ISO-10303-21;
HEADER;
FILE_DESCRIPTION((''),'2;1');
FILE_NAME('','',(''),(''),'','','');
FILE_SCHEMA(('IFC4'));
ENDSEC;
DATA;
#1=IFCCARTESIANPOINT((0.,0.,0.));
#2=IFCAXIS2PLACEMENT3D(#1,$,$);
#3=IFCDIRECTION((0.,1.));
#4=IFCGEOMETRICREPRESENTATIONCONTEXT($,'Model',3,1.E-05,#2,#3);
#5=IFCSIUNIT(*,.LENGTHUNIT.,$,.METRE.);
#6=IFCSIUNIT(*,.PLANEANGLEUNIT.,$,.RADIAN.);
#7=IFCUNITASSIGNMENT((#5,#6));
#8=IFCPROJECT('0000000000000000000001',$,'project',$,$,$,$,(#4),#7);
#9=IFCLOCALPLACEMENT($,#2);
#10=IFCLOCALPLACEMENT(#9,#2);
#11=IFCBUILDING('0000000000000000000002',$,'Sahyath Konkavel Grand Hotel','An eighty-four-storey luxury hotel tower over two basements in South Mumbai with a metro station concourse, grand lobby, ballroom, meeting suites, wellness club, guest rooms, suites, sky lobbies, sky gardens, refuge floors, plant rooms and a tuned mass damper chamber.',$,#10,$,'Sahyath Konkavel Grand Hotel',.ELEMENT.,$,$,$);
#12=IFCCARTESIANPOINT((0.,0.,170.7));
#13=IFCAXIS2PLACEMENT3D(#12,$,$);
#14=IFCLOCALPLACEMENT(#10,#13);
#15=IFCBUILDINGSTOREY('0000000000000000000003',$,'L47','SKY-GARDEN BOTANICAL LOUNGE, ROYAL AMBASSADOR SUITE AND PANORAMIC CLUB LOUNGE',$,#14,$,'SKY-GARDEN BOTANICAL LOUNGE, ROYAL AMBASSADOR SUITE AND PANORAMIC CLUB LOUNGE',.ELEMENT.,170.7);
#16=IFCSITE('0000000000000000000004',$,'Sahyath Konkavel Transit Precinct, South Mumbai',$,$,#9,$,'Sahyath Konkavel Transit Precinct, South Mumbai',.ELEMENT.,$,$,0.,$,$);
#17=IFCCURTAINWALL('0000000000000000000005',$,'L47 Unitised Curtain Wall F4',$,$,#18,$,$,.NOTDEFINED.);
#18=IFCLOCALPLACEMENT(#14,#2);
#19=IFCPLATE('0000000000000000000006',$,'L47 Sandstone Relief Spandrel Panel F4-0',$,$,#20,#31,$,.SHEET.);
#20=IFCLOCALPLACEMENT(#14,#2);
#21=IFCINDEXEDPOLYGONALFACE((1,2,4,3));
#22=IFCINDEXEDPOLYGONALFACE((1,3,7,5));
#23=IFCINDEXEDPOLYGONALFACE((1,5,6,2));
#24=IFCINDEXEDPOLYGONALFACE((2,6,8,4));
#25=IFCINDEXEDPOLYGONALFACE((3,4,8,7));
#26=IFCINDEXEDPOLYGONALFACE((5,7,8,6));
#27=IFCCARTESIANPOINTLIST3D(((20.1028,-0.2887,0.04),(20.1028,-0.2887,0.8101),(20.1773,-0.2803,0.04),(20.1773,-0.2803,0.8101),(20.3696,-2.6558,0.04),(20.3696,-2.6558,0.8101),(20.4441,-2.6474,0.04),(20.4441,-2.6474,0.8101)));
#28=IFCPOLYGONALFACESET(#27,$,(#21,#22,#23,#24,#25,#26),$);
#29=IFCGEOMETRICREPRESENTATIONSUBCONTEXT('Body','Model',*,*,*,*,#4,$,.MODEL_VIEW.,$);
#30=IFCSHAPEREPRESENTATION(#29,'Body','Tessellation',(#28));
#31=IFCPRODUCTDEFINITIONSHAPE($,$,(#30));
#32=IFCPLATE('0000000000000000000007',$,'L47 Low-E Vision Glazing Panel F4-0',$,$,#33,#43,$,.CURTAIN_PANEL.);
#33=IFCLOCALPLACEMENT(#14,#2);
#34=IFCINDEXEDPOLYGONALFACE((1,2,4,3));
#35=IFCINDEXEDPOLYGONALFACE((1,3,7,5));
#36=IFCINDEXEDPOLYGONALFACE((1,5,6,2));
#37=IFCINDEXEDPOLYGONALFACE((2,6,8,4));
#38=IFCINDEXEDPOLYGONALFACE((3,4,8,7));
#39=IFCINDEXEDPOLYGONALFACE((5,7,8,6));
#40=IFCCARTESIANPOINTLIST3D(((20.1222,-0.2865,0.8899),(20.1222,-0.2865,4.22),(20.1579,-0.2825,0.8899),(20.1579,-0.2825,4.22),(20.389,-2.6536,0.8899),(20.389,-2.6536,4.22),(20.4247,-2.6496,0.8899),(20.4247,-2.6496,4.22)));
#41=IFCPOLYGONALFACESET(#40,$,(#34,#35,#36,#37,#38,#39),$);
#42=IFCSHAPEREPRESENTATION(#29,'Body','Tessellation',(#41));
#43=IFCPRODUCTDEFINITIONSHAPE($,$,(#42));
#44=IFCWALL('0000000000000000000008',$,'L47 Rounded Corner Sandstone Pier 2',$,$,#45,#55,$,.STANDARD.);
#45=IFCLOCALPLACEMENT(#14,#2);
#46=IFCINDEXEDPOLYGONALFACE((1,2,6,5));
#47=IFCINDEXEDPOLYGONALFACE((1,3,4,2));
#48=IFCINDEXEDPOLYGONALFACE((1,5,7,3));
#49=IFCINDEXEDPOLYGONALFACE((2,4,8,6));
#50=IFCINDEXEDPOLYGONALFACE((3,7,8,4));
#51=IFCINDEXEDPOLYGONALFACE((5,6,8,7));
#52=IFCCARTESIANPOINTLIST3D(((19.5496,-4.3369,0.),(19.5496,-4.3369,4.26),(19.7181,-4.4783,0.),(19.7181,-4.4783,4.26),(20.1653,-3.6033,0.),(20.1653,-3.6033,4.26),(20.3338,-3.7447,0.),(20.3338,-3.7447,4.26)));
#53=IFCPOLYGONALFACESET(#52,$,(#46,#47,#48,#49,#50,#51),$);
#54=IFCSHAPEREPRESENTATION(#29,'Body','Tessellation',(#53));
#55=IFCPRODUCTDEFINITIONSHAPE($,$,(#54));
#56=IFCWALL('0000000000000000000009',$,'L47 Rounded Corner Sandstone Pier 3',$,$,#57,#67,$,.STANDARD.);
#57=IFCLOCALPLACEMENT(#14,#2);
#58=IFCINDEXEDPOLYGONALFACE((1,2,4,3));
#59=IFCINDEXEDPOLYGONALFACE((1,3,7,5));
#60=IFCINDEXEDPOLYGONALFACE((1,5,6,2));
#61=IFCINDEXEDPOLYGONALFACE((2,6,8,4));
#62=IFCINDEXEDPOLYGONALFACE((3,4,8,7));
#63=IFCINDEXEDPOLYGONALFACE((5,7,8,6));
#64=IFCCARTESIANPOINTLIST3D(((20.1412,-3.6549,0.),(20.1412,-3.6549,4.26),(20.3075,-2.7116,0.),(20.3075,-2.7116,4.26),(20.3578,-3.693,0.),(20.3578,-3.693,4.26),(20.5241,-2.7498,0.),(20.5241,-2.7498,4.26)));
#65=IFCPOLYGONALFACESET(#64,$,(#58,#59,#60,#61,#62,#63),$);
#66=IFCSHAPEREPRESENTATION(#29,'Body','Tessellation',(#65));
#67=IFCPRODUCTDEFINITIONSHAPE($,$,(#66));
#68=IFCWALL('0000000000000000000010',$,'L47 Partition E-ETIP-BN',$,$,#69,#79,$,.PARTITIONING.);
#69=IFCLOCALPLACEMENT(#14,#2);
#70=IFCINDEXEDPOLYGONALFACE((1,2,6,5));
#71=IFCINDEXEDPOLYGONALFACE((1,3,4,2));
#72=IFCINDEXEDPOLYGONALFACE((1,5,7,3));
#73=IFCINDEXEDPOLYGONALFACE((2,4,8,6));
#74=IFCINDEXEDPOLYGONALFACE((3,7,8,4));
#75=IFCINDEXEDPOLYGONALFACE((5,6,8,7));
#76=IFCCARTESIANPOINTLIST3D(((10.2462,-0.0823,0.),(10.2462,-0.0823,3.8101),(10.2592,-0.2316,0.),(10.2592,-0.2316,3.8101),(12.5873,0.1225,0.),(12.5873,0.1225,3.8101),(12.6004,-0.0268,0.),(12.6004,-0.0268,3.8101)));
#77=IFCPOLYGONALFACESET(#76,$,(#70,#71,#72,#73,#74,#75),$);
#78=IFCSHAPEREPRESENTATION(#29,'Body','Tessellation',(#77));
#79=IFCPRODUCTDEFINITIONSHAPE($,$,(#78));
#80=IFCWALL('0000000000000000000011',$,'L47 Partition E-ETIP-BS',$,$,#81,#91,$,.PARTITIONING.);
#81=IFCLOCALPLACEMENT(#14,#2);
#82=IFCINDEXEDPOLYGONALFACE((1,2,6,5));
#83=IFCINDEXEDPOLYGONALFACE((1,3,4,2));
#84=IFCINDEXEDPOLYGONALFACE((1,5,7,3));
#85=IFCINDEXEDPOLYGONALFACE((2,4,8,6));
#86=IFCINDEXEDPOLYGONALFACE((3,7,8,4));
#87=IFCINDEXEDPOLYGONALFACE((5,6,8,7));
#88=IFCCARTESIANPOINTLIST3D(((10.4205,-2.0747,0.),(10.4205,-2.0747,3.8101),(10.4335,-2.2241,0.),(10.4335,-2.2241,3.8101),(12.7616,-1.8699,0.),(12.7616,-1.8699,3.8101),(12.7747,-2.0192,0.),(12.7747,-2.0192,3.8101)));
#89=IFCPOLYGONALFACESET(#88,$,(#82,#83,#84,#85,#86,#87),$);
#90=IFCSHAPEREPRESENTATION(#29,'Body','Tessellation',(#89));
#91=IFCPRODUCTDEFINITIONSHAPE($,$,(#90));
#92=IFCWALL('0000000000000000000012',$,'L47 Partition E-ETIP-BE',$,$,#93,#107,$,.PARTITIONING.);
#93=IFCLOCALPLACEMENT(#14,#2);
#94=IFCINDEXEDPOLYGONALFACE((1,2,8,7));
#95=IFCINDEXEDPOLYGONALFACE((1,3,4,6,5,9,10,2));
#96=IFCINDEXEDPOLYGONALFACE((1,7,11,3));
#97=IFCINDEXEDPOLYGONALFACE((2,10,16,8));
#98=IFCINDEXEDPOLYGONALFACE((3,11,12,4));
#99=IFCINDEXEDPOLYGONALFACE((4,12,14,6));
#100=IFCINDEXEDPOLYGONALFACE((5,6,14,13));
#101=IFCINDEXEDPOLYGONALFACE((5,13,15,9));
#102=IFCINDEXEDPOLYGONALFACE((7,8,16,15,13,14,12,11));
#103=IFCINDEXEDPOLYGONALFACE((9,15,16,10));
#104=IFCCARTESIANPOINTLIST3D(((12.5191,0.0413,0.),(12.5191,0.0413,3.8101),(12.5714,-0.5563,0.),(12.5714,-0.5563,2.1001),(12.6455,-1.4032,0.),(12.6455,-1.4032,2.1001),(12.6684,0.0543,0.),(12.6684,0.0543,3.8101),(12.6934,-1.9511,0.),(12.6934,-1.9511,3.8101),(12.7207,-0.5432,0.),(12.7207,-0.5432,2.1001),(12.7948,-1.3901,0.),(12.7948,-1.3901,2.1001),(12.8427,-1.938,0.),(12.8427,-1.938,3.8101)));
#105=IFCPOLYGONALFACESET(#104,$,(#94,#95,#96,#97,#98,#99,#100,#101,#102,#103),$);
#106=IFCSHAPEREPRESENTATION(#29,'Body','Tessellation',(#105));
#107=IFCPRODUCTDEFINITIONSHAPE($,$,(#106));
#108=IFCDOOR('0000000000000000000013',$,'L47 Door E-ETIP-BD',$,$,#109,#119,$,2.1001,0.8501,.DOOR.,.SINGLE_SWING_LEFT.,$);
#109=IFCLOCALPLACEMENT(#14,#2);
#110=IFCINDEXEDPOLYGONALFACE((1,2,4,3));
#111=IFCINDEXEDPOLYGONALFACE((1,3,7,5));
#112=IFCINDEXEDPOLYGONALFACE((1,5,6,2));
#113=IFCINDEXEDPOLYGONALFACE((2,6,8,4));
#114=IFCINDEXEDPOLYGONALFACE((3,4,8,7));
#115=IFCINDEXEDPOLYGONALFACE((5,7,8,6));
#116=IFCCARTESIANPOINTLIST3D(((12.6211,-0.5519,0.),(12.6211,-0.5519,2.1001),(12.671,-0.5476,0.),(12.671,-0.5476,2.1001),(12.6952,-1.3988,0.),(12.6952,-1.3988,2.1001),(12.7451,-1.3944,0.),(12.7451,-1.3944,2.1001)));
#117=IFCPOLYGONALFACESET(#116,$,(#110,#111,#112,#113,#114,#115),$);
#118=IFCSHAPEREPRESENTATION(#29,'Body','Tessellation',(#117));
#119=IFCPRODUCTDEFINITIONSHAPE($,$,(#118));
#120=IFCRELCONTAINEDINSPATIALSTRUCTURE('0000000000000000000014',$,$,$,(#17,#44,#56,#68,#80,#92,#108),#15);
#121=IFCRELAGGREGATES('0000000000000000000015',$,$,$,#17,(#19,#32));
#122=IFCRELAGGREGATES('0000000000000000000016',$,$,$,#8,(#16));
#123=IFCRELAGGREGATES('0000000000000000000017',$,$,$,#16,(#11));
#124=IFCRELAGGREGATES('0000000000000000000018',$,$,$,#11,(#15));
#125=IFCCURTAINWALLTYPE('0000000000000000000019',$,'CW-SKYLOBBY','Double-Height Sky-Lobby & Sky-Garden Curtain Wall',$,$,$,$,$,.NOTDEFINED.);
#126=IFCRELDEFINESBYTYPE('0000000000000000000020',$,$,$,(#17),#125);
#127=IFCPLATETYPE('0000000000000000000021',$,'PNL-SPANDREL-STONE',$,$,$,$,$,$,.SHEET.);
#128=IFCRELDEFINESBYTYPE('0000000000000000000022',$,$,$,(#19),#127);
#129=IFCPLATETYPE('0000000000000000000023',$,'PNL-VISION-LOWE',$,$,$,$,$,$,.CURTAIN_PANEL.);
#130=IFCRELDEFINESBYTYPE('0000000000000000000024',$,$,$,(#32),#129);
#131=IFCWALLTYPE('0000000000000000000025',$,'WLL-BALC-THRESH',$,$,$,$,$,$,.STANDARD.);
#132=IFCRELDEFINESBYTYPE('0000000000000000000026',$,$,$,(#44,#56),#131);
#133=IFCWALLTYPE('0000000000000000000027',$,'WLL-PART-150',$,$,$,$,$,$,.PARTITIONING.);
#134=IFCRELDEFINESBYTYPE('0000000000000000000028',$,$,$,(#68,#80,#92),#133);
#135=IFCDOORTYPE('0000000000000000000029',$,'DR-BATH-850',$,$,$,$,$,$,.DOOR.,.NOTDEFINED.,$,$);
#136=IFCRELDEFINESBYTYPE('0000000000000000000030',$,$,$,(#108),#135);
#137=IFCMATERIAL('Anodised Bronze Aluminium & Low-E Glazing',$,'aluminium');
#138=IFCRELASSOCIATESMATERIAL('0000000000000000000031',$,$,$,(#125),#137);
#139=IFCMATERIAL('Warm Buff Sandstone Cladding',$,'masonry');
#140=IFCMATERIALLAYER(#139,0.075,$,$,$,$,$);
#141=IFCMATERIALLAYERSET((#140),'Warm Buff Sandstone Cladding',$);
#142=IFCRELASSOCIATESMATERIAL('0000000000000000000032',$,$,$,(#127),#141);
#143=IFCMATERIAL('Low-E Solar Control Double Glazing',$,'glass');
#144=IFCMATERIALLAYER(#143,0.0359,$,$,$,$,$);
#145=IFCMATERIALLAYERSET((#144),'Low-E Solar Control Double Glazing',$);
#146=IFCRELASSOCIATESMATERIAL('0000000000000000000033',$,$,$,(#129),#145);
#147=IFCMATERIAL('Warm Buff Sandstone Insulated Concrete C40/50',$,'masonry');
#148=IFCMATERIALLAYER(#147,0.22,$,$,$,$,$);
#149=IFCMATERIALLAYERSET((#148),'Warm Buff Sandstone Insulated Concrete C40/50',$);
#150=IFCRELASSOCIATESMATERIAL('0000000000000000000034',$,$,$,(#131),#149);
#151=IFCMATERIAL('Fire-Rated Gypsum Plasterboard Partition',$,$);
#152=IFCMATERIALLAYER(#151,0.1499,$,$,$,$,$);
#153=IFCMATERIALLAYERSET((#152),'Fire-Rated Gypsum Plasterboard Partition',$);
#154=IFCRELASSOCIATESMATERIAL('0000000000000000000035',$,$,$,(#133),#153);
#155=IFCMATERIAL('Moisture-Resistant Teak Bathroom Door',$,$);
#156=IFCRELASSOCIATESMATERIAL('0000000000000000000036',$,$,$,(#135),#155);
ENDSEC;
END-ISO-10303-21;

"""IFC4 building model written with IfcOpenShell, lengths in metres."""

from ifc_helpers import new_model, si_unit, direction, frame, frame_2d, origin, origin_2d, place, context, subcontext, project, spatial, rectangle, extrude, source, transform, mapped, material, layer, layer_set, type_object, element, fill, aggregate, save


model = new_model("IFC4")

# Units and contexts
model_context = context("Model", 3, precision=1e-05, world=origin(), true_north=direction((0.0, 1.0)))
body_context = subcontext(model_context, "Body", "Model", "MODEL_VIEW")
ifc_project = project(units=[si_unit("LENGTHUNIT", "METRE"), si_unit("PLANEANGLEUNIT", "RADIAN")], contexts=[model_context])

# Site, building, storey
site_placement = place(None, origin())
site = spatial("IfcSite", under=ifc_project, at=site_placement, Name="Sahyath Konkavel Transit Precinct, South Mumbai", LongName="Sahyath Konkavel Transit Precinct, South Mumbai", CompositionType="ELEMENT", RefElevation=0.0)
building_placement = place(site_placement, origin())
building = spatial("IfcBuilding", under=site, at=building_placement, Name="Sahyath Konkavel Grand Hotel", Description="An eighty-four-storey luxury hotel tower over two basements in South Mumbai with a metro station concourse, grand lobby, ballroom, meeting suites, wellness club, guest rooms, suites, sky lobbies, sky gardens, refuge floors, plant rooms and a tuned mass damper chamber.", LongName="Sahyath Konkavel Grand Hotel", CompositionType="ELEMENT")
storey_placement = place(building_placement, frame((0.0, 0.0, 170.7)))
storey = spatial("IfcBuildingStorey", under=building, at=storey_placement, Name="L47", Description="SKY-GARDEN BOTANICAL LOUNGE, ROYAL AMBASSADOR SUITE AND PANORAMIC CLUB LOUNGE", LongName="SKY-GARDEN BOTANICAL LOUNGE, ROYAL AMBASSADOR SUITE AND PANORAMIC CLUB LOUNGE", CompositionType="ELEMENT", Elevation=170.7)

# Curtain wall
ifc_material_1 = material(Name="Anodised Bronze Aluminium & Low-E Glazing", Category="aluminium")
curtain_wall_type = type_object("IfcCurtainWallType", Name="CW-SKYLOBBY", Description="Double-Height Sky-Lobby & Sky-Garden Curtain Wall", PredefinedType="NOTDEFINED", material=ifc_material_1)
curtain_wall_placement = place(storey_placement, origin())
curtain_wall = element("IfcCurtainWall", 1, at=curtain_wall_placement, inside=storey, type_object=curtain_wall_type, Name="L47 Unitised Curtain Wall F4", PredefinedType="NOTDEFINED")

# Plates
ifc_material_2 = material(Name="Warm Buff Sandstone Cladding", Category="masonry")
ifc_layer_1 = layer(ifc_material_2, 0.075)
ifc_layer_set_1 = layer_set([ifc_layer_1], Name="Warm Buff Sandstone Cladding")
plate_type_1 = type_object("IfcPlateType", Name="PNL-SPANDREL-STONE", PredefinedType="SHEET", material=ifc_layer_set_1)
shared_shape_1 = source(origin(), body_context, "Body", "SweptSolid", [
    extrude(rectangle(XDim=2.3821, YDim=0.075, at=origin_2d()), origin(), (0.0, 0.0, 1.0), 0.77),
])
plate_1_placement = place(storey_placement, frame((20.2734, -1.468, 0.04), z_axis=(0.0, 0.0, 1.0), x_axis=(-0.111989, 0.993709, 0.0)))
plate_1 = element("IfcPlate", 2, at=plate_1_placement, type_object=plate_type_1, Name="L47 Sandstone Relief Spandrel Panel F4-0", PredefinedType="SHEET", context=body_context, shape_type="MappedRepresentation", body=[
    mapped(shared_shape_1, transform((0.0, 0.0, 0.0), scale=1.0)),
])
ifc_material_3 = material(Name="Low-E Solar Control Double Glazing", Category="glass")
ifc_layer_2 = layer(ifc_material_3, 0.0359)
ifc_layer_set_2 = layer_set([ifc_layer_2], Name="Low-E Solar Control Double Glazing")
plate_type_2 = type_object("IfcPlateType", Name="PNL-VISION-LOWE", PredefinedType="CURTAIN_PANEL", material=ifc_layer_set_2)
shared_shape_2 = source(origin(), body_context, "Body", "SweptSolid", [
    extrude(rectangle(XDim=2.3821, YDim=0.0359, at=origin_2d()), origin(), (0.0, 0.0, 1.0), 3.3301),
])
plate_2_placement = place(storey_placement, frame((20.2734, -1.468, 0.8899), z_axis=(0.0, 0.0, 1.0), x_axis=(-0.111989, 0.993709, 0.0)))
plate_2 = element("IfcPlate", 3, at=plate_2_placement, type_object=plate_type_2, Name="L47 Low-E Vision Glazing Panel F4-0", PredefinedType="CURTAIN_PANEL", context=body_context, shape_type="MappedRepresentation", body=[
    mapped(shared_shape_2, transform((0.0, 0.0, 0.0), scale=1.0)),
])
aggregate(curtain_wall, [plate_1, plate_2])

# Walls
ifc_material_4 = material(Name="Warm Buff Sandstone Insulated Concrete C40/50", Category="masonry")
ifc_layer_3 = layer(ifc_material_4, 0.22)
ifc_layer_set_3 = layer_set([ifc_layer_3], Name="Warm Buff Sandstone Insulated Concrete C40/50")
wall_type_1 = type_object("IfcWallType", Name="WLL-BALC-THRESH", PredefinedType="STANDARD", material=ifc_layer_set_3)
for number, where, z_axis, x_axis, name in (
    (4, (19.6338, -4.4077, 0.0), (0.0, 0.0, 1.0), (0.642863, 0.765981, 0.0), "L47 Rounded Corner Sandstone Pier 2"),
    (5, (20.2495, -3.6741, 0.0), (0.0, 0.0, 1.0), (0.173611, 0.984814, 0.0), "L47 Rounded Corner Sandstone Pier 3"),
):
    element("IfcWall", number, at=place(storey_placement, frame(where, z_axis=z_axis, x_axis=x_axis)), inside=storey, type_object=wall_type_1, Name=name, PredefinedType="STANDARD", context=body_context, shape_type="SweptSolid", body=[
        extrude(rectangle(XDim=0.9578, YDim=0.22, at=frame_2d((0.479, 0.0))), origin(), (0.0, 0.0, 1.0), 4.26),
    ])
ifc_material_5 = material(Name="Fire-Rated Gypsum Plasterboard Partition")
ifc_layer_4 = layer(ifc_material_5, 0.1499)
ifc_layer_set_4 = layer_set([ifc_layer_4], Name="Fire-Rated Gypsum Plasterboard Partition")
wall_type_2 = type_object("IfcWallType", Name="WLL-PART-150", PredefinedType="PARTITIONING", material=ifc_layer_set_4)
for number, where, z_axis, x_axis, name in (
    (6, (10.2527, -0.157, 0.0), (0.0, 0.0, 1.0), (0.996194, 0.087163, 0.0), "L47 Partition E-ETIP-BN"),
    (7, (10.427, -2.1494, 0.0), (0.0, 0.0, 1.0), (0.996194, 0.087163, 0.0), "L47 Partition E-ETIP-BS"),
):
    element("IfcWall", number, at=place(storey_placement, frame(where, z_axis=z_axis, x_axis=x_axis)), inside=storey, type_object=wall_type_2, Name=name, PredefinedType="PARTITIONING", context=body_context, shape_type="SweptSolid", body=[
        extrude(rectangle(XDim=2.3501, YDim=0.1499, at=frame_2d((1.175, 0.0))), origin(), (0.0, 0.0, 1.0), 3.8101),
    ])

# Wall, opening, door
wall_placement = place(storey_placement, frame((12.7681, -1.9446, 0.0), z_axis=(0.0, 0.0, 1.0), x_axis=(-0.087156, 0.996195, 0.0)))
wall = element("IfcWall", 8, at=wall_placement, inside=storey, type_object=wall_type_2, Name="L47 Partition E-ETIP-BE", PredefinedType="PARTITIONING", context=body_context, shape_type="SweptSolid", body=[
    extrude(rectangle(XDim=2.0, YDim=0.1499, at=frame_2d((1.0, 0.0))), origin(), (0.0, 0.0, 1.0), 3.8101),
])
opening_placement = place(wall_placement, frame((0.55, 0.0, 0.0)))
opening = element("IfcOpeningElement", 9, at=opening_placement, cuts=wall, PredefinedType="OPENING", context=body_context, shape_type="SweptSolid", body=[
    extrude(rectangle(XDim=0.8501, YDim=2.1001, at=frame_2d((0.425, 1.05))), frame((0.0, 0.085, 0.0), z_axis=(0.0, -1.0, 0.0), x_axis=(1.0, 0.0, 0.0)), (0.0, 0.0, 1.0), 0.1699),
])
ifc_material_6 = material(Name="Moisture-Resistant Teak Bathroom Door")
door_type = type_object("IfcDoorType", Name="DR-BATH-850", OperationType="NOTDEFINED", PredefinedType="DOOR", material=ifc_material_6)
shared_shape_3 = source(origin(), body_context, "Body", "SweptSolid", [
    extrude(rectangle(XDim=0.8501, YDim=0.05, at=origin_2d()), origin(), (0.0, 0.0, 1.0), 2.1001),
])
door_placement = place(opening_placement, frame((0.425, 0.0, 0.0)))
door = element("IfcDoor", 10, at=door_placement, inside=storey, type_object=door_type, Name="L47 Door E-ETIP-BD", OperationType="SINGLE_SWING_LEFT", OverallHeight=2.1001, OverallWidth=0.8501, PredefinedType="DOOR", context=body_context, shape_type="MappedRepresentation", body=[
    mapped(shared_shape_3, transform((0.0, 0.0, 0.0), scale=1.0)),
])
fill(opening, door)

save(model, "model.ifc")
